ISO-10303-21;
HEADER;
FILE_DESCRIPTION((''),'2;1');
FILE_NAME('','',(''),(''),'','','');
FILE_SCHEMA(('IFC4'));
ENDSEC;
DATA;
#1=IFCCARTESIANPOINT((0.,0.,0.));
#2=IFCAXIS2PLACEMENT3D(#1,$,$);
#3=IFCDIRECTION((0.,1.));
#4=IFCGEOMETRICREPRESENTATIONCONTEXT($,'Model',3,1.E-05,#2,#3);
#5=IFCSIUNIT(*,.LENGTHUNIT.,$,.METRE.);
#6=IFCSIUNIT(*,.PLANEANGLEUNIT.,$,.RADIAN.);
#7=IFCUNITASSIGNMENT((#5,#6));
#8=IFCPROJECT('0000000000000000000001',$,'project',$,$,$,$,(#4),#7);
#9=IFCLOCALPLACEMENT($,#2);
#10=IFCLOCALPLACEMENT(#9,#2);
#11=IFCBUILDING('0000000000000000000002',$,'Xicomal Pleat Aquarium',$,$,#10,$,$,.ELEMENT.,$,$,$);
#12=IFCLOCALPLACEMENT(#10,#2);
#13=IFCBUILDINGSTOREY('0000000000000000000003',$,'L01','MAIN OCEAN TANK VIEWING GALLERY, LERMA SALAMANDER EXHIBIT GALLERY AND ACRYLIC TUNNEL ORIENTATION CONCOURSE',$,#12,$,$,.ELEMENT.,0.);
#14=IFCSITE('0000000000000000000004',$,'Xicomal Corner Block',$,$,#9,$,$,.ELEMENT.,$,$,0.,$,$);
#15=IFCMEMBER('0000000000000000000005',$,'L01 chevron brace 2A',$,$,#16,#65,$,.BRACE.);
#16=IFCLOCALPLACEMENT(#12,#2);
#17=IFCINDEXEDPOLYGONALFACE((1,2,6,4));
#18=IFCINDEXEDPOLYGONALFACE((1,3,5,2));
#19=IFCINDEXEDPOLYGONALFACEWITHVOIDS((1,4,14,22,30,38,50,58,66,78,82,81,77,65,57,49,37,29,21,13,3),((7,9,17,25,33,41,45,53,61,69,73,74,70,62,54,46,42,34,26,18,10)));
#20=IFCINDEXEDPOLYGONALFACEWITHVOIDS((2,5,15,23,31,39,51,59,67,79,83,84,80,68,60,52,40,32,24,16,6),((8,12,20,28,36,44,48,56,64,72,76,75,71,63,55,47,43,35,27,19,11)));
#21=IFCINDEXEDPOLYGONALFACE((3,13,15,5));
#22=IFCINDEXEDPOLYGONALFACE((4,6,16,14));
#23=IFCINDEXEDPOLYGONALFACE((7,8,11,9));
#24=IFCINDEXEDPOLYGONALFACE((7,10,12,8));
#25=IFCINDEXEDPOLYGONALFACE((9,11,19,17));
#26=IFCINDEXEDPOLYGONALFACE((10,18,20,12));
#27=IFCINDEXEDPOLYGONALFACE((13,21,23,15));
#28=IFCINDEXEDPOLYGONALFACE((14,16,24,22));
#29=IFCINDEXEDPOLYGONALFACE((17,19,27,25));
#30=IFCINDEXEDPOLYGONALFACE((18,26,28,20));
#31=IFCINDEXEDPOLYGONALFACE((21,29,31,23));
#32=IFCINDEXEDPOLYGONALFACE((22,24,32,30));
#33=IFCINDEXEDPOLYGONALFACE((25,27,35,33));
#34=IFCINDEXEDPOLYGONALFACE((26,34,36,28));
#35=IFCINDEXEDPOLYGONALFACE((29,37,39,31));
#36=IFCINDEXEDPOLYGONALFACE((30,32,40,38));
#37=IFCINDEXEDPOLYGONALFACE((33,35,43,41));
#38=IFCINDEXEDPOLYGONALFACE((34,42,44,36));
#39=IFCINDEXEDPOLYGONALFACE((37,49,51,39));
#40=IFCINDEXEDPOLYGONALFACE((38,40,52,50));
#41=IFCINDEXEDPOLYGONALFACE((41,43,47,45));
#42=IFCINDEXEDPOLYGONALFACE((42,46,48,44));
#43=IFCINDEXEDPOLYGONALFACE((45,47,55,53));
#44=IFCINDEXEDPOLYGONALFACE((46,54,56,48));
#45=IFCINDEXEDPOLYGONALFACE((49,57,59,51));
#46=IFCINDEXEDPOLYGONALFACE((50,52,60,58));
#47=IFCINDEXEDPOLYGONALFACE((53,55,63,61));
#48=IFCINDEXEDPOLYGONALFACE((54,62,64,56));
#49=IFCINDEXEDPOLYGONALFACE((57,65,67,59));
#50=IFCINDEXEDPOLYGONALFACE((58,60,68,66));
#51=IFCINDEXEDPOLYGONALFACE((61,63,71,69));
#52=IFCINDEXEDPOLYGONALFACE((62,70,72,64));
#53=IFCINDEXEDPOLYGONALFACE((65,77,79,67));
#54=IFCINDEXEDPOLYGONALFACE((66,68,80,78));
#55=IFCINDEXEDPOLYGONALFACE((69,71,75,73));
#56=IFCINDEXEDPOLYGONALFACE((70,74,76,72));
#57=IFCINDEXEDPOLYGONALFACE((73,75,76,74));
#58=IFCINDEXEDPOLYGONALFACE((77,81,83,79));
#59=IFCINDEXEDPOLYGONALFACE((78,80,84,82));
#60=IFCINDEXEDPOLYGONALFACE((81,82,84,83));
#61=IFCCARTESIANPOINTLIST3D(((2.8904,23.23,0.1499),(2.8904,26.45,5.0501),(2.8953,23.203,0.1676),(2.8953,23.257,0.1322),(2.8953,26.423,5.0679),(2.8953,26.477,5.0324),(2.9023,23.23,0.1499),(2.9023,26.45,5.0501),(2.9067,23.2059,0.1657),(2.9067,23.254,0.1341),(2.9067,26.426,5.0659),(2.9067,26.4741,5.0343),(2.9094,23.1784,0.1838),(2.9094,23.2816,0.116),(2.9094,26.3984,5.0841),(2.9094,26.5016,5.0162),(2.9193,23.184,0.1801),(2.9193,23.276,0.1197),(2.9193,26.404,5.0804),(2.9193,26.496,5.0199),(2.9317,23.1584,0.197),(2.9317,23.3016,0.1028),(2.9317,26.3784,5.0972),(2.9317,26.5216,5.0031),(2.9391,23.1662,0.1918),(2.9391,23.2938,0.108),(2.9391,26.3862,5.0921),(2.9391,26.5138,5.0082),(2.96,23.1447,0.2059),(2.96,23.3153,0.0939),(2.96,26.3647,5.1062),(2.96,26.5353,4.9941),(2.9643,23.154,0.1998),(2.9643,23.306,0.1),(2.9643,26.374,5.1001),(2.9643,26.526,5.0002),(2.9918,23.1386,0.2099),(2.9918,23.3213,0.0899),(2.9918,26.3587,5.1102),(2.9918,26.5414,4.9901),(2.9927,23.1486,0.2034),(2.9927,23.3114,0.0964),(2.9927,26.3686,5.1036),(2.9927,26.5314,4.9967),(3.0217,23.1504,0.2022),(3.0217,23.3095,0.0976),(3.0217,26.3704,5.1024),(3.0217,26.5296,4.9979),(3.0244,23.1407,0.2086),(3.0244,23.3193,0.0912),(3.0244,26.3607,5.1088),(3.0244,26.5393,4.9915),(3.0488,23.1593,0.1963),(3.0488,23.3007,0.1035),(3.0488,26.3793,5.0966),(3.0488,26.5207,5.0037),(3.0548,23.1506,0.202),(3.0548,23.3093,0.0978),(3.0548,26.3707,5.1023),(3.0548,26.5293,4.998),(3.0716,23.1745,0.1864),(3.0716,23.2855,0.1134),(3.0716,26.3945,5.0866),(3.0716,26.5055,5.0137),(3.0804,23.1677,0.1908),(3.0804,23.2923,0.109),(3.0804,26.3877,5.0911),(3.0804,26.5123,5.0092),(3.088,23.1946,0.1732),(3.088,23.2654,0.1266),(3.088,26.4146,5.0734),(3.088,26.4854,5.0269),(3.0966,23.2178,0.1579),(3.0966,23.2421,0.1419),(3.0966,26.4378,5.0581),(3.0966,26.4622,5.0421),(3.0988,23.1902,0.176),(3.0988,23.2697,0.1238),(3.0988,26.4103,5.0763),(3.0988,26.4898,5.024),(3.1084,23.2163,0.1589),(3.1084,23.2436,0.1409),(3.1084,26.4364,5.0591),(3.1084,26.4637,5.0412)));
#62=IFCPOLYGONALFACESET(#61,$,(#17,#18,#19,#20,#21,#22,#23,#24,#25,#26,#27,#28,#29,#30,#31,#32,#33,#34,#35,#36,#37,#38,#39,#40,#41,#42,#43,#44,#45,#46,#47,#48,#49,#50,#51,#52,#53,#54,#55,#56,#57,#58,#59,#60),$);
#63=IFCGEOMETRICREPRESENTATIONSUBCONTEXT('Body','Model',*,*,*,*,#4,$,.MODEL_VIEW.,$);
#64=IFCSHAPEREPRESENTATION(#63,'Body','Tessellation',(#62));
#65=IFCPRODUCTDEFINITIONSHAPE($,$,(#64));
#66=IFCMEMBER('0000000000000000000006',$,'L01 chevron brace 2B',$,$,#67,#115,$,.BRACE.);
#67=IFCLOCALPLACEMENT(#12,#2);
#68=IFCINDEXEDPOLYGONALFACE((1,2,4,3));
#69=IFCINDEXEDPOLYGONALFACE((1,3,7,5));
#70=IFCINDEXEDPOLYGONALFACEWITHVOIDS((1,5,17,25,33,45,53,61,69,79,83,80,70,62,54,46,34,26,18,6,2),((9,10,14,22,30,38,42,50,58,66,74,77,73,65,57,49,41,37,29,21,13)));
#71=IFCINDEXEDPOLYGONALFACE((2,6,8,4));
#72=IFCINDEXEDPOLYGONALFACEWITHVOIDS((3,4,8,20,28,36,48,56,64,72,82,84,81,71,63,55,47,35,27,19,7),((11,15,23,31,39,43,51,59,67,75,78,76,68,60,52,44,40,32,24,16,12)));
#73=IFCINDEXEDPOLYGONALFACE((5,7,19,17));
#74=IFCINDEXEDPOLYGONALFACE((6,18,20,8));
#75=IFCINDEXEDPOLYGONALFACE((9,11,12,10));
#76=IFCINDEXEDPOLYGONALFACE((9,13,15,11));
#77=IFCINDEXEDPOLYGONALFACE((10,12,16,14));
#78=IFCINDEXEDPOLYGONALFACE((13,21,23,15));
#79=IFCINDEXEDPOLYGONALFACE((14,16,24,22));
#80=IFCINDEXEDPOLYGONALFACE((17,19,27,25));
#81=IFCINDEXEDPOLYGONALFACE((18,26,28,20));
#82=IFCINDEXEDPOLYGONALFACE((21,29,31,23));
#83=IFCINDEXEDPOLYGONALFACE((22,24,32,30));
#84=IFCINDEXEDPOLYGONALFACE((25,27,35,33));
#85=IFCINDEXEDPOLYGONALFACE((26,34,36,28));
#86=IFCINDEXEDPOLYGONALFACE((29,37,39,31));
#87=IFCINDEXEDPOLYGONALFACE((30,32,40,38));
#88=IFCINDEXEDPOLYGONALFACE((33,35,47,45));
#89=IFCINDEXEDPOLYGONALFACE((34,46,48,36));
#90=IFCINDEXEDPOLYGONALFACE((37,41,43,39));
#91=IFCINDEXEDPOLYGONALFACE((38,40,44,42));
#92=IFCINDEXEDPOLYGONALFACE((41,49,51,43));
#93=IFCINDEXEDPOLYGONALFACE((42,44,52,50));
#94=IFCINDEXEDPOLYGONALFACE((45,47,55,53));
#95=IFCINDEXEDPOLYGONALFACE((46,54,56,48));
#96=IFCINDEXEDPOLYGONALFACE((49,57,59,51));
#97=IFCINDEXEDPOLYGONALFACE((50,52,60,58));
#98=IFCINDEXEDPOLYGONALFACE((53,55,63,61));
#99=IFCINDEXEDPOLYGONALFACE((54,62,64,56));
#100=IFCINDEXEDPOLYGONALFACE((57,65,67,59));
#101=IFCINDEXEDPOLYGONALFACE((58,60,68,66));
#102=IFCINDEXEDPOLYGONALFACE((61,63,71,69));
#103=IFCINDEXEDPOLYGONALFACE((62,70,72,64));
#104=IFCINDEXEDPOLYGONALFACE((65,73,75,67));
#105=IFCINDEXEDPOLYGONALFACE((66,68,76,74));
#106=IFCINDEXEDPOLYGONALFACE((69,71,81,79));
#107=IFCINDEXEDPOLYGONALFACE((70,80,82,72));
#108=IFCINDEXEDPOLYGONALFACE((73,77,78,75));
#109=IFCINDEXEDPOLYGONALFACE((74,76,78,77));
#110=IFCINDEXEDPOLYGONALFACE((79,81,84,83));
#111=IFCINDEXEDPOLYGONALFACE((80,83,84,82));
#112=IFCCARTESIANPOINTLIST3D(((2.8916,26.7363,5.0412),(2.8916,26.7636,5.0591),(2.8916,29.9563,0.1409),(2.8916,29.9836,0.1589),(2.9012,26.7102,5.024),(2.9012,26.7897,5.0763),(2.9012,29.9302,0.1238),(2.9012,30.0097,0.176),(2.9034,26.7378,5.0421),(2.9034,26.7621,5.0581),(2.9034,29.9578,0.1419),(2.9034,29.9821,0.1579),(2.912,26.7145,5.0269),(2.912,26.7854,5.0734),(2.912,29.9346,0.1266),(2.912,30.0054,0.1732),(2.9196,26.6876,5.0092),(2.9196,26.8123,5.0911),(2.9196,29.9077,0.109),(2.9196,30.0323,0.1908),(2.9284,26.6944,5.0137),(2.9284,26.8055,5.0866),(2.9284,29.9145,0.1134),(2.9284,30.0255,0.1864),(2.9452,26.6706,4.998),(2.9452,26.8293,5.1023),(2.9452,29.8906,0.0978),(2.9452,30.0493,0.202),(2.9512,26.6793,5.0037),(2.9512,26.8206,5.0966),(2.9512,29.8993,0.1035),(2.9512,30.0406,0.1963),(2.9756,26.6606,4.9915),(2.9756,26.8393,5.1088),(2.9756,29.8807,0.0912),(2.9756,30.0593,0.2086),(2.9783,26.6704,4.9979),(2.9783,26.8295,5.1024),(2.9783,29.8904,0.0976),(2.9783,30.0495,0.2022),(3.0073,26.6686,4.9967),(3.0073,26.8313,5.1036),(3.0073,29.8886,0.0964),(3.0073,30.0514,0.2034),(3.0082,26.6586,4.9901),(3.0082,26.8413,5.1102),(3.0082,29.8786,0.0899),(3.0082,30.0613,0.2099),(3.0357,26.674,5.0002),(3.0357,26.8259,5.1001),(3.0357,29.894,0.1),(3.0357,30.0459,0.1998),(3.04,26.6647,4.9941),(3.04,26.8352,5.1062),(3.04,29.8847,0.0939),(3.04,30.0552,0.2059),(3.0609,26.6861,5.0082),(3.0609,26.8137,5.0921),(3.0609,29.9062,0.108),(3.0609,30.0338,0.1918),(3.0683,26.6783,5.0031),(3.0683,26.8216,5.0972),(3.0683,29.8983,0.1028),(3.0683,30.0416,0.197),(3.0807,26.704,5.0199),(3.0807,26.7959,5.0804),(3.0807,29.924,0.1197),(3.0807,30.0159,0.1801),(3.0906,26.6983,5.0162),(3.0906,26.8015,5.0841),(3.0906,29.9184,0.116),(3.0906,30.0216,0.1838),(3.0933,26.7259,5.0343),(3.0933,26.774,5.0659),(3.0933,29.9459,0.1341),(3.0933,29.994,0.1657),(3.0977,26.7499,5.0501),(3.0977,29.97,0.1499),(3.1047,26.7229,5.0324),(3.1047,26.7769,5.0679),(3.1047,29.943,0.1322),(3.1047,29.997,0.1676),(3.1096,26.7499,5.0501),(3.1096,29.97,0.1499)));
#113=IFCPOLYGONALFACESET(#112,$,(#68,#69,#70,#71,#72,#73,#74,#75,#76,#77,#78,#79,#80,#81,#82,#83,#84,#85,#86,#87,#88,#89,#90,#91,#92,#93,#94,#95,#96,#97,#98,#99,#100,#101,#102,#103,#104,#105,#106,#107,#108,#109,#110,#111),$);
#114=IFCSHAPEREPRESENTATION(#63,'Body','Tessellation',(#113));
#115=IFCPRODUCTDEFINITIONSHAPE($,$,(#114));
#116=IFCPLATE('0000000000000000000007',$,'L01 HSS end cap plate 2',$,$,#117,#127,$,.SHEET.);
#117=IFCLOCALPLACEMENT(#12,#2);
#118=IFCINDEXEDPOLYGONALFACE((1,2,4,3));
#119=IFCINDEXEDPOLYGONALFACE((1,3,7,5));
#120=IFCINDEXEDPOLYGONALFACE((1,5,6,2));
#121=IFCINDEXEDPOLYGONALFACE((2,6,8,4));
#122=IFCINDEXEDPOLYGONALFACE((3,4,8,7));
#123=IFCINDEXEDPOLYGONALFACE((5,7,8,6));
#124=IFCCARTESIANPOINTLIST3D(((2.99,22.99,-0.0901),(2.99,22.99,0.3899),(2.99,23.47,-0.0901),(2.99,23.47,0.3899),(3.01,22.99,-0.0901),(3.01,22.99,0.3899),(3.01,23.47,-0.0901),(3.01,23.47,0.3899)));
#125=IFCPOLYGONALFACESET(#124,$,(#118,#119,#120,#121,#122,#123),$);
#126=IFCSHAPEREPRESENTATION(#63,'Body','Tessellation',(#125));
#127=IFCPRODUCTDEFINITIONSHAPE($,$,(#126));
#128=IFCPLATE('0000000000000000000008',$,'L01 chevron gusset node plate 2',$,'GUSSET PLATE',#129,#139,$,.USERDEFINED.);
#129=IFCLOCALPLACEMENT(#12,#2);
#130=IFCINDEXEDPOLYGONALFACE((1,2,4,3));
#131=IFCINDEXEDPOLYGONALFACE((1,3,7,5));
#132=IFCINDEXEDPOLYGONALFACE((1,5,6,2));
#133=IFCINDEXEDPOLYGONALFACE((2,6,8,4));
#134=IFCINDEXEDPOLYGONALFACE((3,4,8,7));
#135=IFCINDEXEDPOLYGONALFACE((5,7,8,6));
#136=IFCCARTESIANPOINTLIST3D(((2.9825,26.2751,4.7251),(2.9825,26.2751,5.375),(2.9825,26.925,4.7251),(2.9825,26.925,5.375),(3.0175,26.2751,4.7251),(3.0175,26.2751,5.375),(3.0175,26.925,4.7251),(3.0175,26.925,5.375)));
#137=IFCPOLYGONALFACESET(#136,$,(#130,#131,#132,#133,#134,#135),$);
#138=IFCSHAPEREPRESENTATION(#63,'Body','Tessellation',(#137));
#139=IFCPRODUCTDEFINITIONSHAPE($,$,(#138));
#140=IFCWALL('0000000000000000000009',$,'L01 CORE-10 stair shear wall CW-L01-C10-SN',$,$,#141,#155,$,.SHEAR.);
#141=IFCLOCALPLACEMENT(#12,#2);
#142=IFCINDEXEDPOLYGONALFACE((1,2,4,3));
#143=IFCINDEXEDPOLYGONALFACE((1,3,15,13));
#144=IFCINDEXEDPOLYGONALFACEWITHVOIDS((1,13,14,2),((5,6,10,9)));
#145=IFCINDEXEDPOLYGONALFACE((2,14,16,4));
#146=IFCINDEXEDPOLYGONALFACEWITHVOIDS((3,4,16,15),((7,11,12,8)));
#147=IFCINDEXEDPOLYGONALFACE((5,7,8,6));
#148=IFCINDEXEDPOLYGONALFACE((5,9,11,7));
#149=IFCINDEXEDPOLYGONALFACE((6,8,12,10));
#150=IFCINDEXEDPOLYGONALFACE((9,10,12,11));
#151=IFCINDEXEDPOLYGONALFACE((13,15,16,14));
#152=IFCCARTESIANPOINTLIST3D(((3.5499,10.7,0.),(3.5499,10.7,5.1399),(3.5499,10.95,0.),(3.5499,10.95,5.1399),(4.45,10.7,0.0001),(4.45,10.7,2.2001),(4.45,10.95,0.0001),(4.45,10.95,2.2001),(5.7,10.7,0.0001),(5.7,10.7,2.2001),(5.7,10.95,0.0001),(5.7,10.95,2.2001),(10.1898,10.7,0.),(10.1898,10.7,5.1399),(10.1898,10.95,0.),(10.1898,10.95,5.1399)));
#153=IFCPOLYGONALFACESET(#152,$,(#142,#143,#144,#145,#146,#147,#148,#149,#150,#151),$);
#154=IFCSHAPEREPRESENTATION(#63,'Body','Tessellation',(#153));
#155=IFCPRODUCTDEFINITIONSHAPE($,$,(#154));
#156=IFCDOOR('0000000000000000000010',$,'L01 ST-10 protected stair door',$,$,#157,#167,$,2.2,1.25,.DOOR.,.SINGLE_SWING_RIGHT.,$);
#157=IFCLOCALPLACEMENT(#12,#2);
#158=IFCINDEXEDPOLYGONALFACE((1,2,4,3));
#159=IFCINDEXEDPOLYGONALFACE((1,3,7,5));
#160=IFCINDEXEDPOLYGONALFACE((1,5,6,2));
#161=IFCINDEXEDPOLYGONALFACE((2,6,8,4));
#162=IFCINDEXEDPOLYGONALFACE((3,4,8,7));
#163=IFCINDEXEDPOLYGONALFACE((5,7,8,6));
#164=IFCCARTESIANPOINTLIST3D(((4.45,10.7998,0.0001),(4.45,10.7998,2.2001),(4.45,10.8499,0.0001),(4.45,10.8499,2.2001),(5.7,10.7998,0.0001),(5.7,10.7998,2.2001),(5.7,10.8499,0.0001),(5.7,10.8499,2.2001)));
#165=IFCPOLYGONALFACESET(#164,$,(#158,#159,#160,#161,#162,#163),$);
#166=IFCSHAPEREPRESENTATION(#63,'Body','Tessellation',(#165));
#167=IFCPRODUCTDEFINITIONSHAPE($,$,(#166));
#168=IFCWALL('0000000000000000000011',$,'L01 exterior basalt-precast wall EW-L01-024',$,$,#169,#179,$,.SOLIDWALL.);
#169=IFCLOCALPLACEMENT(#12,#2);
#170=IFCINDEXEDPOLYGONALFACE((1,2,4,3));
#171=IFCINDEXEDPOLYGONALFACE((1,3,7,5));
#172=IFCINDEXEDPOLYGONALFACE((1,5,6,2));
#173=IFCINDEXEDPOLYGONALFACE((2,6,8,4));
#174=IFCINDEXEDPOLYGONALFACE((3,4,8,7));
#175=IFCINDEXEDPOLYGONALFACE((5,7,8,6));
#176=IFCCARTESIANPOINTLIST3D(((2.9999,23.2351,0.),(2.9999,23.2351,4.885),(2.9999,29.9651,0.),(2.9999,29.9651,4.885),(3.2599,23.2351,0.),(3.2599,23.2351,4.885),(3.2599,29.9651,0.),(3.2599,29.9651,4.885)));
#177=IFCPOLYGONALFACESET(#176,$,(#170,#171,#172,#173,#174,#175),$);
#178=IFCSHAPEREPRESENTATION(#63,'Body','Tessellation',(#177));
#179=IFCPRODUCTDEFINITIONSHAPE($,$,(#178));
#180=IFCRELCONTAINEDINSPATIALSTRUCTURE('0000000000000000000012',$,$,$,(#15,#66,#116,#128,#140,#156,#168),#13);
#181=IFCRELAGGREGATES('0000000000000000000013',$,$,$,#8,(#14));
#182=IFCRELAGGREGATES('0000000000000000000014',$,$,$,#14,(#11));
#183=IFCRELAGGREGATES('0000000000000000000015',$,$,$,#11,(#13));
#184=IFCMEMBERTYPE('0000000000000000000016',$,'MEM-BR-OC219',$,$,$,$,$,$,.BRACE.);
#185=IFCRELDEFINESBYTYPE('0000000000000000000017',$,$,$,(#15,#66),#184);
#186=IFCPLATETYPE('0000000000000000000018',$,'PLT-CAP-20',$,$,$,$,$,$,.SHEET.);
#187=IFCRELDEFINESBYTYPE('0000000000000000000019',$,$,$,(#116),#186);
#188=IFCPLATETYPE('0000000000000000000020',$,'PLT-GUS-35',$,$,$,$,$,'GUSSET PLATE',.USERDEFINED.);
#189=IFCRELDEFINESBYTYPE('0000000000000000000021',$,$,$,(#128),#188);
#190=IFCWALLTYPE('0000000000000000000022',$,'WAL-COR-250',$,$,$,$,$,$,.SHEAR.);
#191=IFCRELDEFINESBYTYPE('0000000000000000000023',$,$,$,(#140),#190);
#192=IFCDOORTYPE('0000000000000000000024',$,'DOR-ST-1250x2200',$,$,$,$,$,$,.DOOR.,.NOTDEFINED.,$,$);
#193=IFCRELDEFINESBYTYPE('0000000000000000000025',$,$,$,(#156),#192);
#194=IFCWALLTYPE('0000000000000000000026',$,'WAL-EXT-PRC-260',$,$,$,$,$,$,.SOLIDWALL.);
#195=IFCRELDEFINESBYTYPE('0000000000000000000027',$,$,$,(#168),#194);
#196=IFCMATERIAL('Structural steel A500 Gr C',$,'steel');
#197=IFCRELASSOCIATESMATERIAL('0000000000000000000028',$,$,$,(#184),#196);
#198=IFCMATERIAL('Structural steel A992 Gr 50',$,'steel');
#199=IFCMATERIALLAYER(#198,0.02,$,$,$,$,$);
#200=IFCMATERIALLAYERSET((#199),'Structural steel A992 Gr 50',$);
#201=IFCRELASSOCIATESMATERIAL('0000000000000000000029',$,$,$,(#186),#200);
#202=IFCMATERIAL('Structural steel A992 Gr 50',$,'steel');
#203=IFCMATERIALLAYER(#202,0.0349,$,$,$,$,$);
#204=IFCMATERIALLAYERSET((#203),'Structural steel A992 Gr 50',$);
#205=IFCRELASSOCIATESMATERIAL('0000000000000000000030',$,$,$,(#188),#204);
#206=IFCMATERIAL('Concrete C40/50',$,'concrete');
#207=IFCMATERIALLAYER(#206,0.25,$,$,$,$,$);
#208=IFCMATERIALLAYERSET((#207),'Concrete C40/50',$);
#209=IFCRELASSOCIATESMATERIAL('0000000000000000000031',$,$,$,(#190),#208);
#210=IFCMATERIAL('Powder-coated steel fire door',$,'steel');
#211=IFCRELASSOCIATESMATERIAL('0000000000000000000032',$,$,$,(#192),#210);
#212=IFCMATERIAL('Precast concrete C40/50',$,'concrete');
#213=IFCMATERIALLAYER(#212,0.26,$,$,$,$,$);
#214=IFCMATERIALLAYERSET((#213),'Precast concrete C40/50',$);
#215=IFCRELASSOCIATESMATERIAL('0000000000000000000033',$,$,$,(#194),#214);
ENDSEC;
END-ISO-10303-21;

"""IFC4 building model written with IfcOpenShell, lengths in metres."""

from ifc_helpers import new_model, si_unit, direction, frame, frame_2d, origin, origin_2d, place, context, subcontext, project, spatial, rectangle, hollow_circle, extrude, material, layer, layer_set, material_profile, profile_set, type_object, element, fill, save


model = new_model("IFC4")

# Units and contexts
model_context = context("Model", 3, precision=1e-05, world=origin(), true_north=direction((0.0, 1.0)))
body_context = subcontext(model_context, "Body", "Model", "MODEL_VIEW")
ifc_project = project(units=[si_unit("LENGTHUNIT", "METRE"), si_unit("PLANEANGLEUNIT", "RADIAN")], contexts=[model_context])

# Site, building, storey
site_placement = place(None, origin())
site = spatial("IfcSite", under=ifc_project, at=site_placement, Name="Xicomal Corner Block", CompositionType="ELEMENT", RefElevation=0.0)
building_placement = place(site_placement, origin())
building = spatial("IfcBuilding", under=site, at=building_placement, Name="Xicomal Pleat Aquarium", CompositionType="ELEMENT")
storey_placement = place(building_placement, origin())
storey = spatial("IfcBuildingStorey", under=building, at=storey_placement, Name="L01", Description="MAIN OCEAN TANK VIEWING GALLERY, LERMA SALAMANDER EXHIBIT GALLERY AND ACRYLIC TUNNEL ORIENTATION CONCOURSE", CompositionType="ELEMENT", Elevation=0.0)

# Members
ifc_material_1 = material(Name="Structural steel A500 Gr C", Category="steel")
ifc_material_profile_1 = material_profile(ifc_material_1, hollow_circle(Radius=0.1096, WallThickness=0.012, at=origin_2d()), Name="OC 219x12")
ifc_profile_set_1 = profile_set([ifc_material_profile_1], Name="Structural steel A500 Gr C")
member_type = type_object("IfcMemberType", Name="MEM-BR-OC219", PredefinedType="BRACE", material=ifc_profile_set_1)
for number, where, z_axis, x_axis, name in (
    (1, (3.0, 23.23, 0.1499), (0.0, 0.549163, 0.835715), (-1.0, 0.0, 0.0), "L01 chevron brace 2A"),
    (2, (3.0, 29.97, 0.1499), (0.0, -0.549163, 0.835715), (1.0, 0.0, 0.0), "L01 chevron brace 2B"),
):
    element("IfcMember", number, at=place(storey_placement, frame(where, z_axis=z_axis, x_axis=x_axis)), inside=storey, type_object=member_type, Name=name, PredefinedType="BRACE", context=body_context, shape_type="SweptSolid", body=[
        extrude(hollow_circle(Radius=0.1096, WallThickness=0.012, at=origin_2d()), origin(), (0.0, 0.0, 1.0), 5.8635),
    ])

# Plates
ifc_material_2 = material(Name="Structural steel A992 Gr 50", Category="steel")
ifc_layer_1 = layer(ifc_material_2, 0.02)
ifc_layer_set_1 = layer_set([ifc_layer_1], Name="Structural steel A992 Gr 50")
plate_type_1 = type_object("IfcPlateType", Name="PLT-CAP-20", PredefinedType="SHEET", material=ifc_layer_set_1)
plate_1_placement = place(storey_placement, frame((3.0, 23.23, -0.0901), z_axis=(0.0, 0.0, 1.0), x_axis=(0.0, 1.0, 0.0)))
element("IfcPlate", 3, at=plate_1_placement, inside=storey, type_object=plate_type_1, Name="L01 HSS end cap plate 2", PredefinedType="SHEET", context=body_context, shape_type="SweptSolid", body=[
    extrude(rectangle(XDim=0.48, YDim=0.02, at=origin_2d()), origin(), (0.0, 0.0, 1.0), 0.48),
])
ifc_material_3 = material(Name="Structural steel A992 Gr 50", Category="steel")
ifc_layer_2 = layer(ifc_material_3, 0.0349)
ifc_layer_set_2 = layer_set([ifc_layer_2], Name="Structural steel A992 Gr 50")
plate_type_2 = type_object("IfcPlateType", Name="PLT-GUS-35", ElementType="GUSSET PLATE", PredefinedType="USERDEFINED", material=ifc_layer_set_2)
plate_2_placement = place(storey_placement, frame((3.0, 26.6001, 4.7251), z_axis=(0.0, 0.0, 1.0), x_axis=(0.0, 1.0, 0.0)))
element("IfcPlate", 4, at=plate_2_placement, inside=storey, type_object=plate_type_2, Name="L01 chevron gusset node plate 2", ObjectType="GUSSET PLATE", PredefinedType="USERDEFINED", context=body_context, shape_type="SweptSolid", body=[
    extrude(rectangle(XDim=0.6499, YDim=0.0349, at=origin_2d()), origin(), (0.0, 0.0, 1.0), 0.6499),
])

# Wall, opening, door
ifc_material_4 = material(Name="Concrete C40/50", Category="concrete")
ifc_layer_3 = layer(ifc_material_4, 0.25)
ifc_layer_set_3 = layer_set([ifc_layer_3], Name="Concrete C40/50")
wall_type_1 = type_object("IfcWallType", Name="WAL-COR-250", PredefinedType="SHEAR", material=ifc_layer_set_3)
wall_1_placement = place(storey_placement, frame((3.55, 10.825, 0.0), z_axis=(0.0, 0.0, 1.0), x_axis=(1.0, 0.0, 0.0)))
wall_1 = element("IfcWall", 5, at=wall_1_placement, inside=storey, type_object=wall_type_1, Name="L01 CORE-10 stair shear wall CW-L01-C10-SN", PredefinedType="SHEAR", context=body_context, shape_type="SweptSolid", body=[
    extrude(rectangle(XDim=6.6399, YDim=0.25, at=frame_2d((3.3198, 0.0))), origin(), (0.0, 0.0, 1.0), 5.1399),
])
opening_1_placement = place(wall_1_placement, frame((0.8999, 0.0, 0.0)))
opening_1 = element("IfcOpeningElement", 6, at=opening_1_placement, cuts=wall_1, PredefinedType="OPENING", context=body_context, shape_type="SweptSolid", body=[
    extrude(rectangle(XDim=1.25, YDim=2.2, at=frame_2d((0.625, 1.1001))), frame((0.0, 0.135, 0.0), z_axis=(0.0, -1.0, 0.0), x_axis=(1.0, 0.0, 0.0)), (0.0, 0.0, 1.0), 0.27),
])
ifc_material_5 = material(Name="Powder-coated steel fire door", Category="steel")
door_type_1 = type_object("IfcDoorType", Name="DOR-ST-1250x2200", OperationType="NOTDEFINED", PredefinedType="DOOR", material=ifc_material_5)
door_1_placement = place(opening_1_placement, origin())
door_1 = element("IfcDoor", 7, at=door_1_placement, inside=storey, type_object=door_type_1, Name="L01 ST-10 protected stair door", OperationType="SINGLE_SWING_RIGHT", OverallHeight=2.2, OverallWidth=1.25, PredefinedType="DOOR", context=body_context, shape_type="SweptSolid", body=[
    extrude(rectangle(XDim=1.25, YDim=2.2, at=frame_2d((0.625, 1.1001))), frame((0.0, 0.0249, 0.0), z_axis=(0.0, -1.0, 0.0), x_axis=(1.0, 0.0, 0.0)), (0.0, 0.0, 1.0), 0.05),
])
fill(opening_1, door_1)

# Wall
ifc_material_6 = material(Name="Precast concrete C40/50", Category="concrete")
ifc_layer_4 = layer(ifc_material_6, 0.26)
ifc_layer_set_4 = layer_set([ifc_layer_4], Name="Precast concrete C40/50")
wall_type_2 = type_object("IfcWallType", Name="WAL-EXT-PRC-260", PredefinedType="SOLIDWALL", material=ifc_layer_set_4)
wall_2_placement = place(storey_placement, frame((3.1299, 23.2351, 0.0), z_axis=(0.0, 0.0, 1.0), x_axis=(0.0, 1.0, 0.0)))
element("IfcWall", 8, at=wall_2_placement, inside=storey, type_object=wall_type_2, Name="L01 exterior basalt-precast wall EW-L01-024", PredefinedType="SOLIDWALL", context=body_context, shape_type="SweptSolid", body=[
    extrude(rectangle(XDim=6.73, YDim=0.26, at=frame_2d((3.365, 0.0))), origin(), (0.0, 0.0, 1.0), 4.885),
])

save(model, "model.ifc")
